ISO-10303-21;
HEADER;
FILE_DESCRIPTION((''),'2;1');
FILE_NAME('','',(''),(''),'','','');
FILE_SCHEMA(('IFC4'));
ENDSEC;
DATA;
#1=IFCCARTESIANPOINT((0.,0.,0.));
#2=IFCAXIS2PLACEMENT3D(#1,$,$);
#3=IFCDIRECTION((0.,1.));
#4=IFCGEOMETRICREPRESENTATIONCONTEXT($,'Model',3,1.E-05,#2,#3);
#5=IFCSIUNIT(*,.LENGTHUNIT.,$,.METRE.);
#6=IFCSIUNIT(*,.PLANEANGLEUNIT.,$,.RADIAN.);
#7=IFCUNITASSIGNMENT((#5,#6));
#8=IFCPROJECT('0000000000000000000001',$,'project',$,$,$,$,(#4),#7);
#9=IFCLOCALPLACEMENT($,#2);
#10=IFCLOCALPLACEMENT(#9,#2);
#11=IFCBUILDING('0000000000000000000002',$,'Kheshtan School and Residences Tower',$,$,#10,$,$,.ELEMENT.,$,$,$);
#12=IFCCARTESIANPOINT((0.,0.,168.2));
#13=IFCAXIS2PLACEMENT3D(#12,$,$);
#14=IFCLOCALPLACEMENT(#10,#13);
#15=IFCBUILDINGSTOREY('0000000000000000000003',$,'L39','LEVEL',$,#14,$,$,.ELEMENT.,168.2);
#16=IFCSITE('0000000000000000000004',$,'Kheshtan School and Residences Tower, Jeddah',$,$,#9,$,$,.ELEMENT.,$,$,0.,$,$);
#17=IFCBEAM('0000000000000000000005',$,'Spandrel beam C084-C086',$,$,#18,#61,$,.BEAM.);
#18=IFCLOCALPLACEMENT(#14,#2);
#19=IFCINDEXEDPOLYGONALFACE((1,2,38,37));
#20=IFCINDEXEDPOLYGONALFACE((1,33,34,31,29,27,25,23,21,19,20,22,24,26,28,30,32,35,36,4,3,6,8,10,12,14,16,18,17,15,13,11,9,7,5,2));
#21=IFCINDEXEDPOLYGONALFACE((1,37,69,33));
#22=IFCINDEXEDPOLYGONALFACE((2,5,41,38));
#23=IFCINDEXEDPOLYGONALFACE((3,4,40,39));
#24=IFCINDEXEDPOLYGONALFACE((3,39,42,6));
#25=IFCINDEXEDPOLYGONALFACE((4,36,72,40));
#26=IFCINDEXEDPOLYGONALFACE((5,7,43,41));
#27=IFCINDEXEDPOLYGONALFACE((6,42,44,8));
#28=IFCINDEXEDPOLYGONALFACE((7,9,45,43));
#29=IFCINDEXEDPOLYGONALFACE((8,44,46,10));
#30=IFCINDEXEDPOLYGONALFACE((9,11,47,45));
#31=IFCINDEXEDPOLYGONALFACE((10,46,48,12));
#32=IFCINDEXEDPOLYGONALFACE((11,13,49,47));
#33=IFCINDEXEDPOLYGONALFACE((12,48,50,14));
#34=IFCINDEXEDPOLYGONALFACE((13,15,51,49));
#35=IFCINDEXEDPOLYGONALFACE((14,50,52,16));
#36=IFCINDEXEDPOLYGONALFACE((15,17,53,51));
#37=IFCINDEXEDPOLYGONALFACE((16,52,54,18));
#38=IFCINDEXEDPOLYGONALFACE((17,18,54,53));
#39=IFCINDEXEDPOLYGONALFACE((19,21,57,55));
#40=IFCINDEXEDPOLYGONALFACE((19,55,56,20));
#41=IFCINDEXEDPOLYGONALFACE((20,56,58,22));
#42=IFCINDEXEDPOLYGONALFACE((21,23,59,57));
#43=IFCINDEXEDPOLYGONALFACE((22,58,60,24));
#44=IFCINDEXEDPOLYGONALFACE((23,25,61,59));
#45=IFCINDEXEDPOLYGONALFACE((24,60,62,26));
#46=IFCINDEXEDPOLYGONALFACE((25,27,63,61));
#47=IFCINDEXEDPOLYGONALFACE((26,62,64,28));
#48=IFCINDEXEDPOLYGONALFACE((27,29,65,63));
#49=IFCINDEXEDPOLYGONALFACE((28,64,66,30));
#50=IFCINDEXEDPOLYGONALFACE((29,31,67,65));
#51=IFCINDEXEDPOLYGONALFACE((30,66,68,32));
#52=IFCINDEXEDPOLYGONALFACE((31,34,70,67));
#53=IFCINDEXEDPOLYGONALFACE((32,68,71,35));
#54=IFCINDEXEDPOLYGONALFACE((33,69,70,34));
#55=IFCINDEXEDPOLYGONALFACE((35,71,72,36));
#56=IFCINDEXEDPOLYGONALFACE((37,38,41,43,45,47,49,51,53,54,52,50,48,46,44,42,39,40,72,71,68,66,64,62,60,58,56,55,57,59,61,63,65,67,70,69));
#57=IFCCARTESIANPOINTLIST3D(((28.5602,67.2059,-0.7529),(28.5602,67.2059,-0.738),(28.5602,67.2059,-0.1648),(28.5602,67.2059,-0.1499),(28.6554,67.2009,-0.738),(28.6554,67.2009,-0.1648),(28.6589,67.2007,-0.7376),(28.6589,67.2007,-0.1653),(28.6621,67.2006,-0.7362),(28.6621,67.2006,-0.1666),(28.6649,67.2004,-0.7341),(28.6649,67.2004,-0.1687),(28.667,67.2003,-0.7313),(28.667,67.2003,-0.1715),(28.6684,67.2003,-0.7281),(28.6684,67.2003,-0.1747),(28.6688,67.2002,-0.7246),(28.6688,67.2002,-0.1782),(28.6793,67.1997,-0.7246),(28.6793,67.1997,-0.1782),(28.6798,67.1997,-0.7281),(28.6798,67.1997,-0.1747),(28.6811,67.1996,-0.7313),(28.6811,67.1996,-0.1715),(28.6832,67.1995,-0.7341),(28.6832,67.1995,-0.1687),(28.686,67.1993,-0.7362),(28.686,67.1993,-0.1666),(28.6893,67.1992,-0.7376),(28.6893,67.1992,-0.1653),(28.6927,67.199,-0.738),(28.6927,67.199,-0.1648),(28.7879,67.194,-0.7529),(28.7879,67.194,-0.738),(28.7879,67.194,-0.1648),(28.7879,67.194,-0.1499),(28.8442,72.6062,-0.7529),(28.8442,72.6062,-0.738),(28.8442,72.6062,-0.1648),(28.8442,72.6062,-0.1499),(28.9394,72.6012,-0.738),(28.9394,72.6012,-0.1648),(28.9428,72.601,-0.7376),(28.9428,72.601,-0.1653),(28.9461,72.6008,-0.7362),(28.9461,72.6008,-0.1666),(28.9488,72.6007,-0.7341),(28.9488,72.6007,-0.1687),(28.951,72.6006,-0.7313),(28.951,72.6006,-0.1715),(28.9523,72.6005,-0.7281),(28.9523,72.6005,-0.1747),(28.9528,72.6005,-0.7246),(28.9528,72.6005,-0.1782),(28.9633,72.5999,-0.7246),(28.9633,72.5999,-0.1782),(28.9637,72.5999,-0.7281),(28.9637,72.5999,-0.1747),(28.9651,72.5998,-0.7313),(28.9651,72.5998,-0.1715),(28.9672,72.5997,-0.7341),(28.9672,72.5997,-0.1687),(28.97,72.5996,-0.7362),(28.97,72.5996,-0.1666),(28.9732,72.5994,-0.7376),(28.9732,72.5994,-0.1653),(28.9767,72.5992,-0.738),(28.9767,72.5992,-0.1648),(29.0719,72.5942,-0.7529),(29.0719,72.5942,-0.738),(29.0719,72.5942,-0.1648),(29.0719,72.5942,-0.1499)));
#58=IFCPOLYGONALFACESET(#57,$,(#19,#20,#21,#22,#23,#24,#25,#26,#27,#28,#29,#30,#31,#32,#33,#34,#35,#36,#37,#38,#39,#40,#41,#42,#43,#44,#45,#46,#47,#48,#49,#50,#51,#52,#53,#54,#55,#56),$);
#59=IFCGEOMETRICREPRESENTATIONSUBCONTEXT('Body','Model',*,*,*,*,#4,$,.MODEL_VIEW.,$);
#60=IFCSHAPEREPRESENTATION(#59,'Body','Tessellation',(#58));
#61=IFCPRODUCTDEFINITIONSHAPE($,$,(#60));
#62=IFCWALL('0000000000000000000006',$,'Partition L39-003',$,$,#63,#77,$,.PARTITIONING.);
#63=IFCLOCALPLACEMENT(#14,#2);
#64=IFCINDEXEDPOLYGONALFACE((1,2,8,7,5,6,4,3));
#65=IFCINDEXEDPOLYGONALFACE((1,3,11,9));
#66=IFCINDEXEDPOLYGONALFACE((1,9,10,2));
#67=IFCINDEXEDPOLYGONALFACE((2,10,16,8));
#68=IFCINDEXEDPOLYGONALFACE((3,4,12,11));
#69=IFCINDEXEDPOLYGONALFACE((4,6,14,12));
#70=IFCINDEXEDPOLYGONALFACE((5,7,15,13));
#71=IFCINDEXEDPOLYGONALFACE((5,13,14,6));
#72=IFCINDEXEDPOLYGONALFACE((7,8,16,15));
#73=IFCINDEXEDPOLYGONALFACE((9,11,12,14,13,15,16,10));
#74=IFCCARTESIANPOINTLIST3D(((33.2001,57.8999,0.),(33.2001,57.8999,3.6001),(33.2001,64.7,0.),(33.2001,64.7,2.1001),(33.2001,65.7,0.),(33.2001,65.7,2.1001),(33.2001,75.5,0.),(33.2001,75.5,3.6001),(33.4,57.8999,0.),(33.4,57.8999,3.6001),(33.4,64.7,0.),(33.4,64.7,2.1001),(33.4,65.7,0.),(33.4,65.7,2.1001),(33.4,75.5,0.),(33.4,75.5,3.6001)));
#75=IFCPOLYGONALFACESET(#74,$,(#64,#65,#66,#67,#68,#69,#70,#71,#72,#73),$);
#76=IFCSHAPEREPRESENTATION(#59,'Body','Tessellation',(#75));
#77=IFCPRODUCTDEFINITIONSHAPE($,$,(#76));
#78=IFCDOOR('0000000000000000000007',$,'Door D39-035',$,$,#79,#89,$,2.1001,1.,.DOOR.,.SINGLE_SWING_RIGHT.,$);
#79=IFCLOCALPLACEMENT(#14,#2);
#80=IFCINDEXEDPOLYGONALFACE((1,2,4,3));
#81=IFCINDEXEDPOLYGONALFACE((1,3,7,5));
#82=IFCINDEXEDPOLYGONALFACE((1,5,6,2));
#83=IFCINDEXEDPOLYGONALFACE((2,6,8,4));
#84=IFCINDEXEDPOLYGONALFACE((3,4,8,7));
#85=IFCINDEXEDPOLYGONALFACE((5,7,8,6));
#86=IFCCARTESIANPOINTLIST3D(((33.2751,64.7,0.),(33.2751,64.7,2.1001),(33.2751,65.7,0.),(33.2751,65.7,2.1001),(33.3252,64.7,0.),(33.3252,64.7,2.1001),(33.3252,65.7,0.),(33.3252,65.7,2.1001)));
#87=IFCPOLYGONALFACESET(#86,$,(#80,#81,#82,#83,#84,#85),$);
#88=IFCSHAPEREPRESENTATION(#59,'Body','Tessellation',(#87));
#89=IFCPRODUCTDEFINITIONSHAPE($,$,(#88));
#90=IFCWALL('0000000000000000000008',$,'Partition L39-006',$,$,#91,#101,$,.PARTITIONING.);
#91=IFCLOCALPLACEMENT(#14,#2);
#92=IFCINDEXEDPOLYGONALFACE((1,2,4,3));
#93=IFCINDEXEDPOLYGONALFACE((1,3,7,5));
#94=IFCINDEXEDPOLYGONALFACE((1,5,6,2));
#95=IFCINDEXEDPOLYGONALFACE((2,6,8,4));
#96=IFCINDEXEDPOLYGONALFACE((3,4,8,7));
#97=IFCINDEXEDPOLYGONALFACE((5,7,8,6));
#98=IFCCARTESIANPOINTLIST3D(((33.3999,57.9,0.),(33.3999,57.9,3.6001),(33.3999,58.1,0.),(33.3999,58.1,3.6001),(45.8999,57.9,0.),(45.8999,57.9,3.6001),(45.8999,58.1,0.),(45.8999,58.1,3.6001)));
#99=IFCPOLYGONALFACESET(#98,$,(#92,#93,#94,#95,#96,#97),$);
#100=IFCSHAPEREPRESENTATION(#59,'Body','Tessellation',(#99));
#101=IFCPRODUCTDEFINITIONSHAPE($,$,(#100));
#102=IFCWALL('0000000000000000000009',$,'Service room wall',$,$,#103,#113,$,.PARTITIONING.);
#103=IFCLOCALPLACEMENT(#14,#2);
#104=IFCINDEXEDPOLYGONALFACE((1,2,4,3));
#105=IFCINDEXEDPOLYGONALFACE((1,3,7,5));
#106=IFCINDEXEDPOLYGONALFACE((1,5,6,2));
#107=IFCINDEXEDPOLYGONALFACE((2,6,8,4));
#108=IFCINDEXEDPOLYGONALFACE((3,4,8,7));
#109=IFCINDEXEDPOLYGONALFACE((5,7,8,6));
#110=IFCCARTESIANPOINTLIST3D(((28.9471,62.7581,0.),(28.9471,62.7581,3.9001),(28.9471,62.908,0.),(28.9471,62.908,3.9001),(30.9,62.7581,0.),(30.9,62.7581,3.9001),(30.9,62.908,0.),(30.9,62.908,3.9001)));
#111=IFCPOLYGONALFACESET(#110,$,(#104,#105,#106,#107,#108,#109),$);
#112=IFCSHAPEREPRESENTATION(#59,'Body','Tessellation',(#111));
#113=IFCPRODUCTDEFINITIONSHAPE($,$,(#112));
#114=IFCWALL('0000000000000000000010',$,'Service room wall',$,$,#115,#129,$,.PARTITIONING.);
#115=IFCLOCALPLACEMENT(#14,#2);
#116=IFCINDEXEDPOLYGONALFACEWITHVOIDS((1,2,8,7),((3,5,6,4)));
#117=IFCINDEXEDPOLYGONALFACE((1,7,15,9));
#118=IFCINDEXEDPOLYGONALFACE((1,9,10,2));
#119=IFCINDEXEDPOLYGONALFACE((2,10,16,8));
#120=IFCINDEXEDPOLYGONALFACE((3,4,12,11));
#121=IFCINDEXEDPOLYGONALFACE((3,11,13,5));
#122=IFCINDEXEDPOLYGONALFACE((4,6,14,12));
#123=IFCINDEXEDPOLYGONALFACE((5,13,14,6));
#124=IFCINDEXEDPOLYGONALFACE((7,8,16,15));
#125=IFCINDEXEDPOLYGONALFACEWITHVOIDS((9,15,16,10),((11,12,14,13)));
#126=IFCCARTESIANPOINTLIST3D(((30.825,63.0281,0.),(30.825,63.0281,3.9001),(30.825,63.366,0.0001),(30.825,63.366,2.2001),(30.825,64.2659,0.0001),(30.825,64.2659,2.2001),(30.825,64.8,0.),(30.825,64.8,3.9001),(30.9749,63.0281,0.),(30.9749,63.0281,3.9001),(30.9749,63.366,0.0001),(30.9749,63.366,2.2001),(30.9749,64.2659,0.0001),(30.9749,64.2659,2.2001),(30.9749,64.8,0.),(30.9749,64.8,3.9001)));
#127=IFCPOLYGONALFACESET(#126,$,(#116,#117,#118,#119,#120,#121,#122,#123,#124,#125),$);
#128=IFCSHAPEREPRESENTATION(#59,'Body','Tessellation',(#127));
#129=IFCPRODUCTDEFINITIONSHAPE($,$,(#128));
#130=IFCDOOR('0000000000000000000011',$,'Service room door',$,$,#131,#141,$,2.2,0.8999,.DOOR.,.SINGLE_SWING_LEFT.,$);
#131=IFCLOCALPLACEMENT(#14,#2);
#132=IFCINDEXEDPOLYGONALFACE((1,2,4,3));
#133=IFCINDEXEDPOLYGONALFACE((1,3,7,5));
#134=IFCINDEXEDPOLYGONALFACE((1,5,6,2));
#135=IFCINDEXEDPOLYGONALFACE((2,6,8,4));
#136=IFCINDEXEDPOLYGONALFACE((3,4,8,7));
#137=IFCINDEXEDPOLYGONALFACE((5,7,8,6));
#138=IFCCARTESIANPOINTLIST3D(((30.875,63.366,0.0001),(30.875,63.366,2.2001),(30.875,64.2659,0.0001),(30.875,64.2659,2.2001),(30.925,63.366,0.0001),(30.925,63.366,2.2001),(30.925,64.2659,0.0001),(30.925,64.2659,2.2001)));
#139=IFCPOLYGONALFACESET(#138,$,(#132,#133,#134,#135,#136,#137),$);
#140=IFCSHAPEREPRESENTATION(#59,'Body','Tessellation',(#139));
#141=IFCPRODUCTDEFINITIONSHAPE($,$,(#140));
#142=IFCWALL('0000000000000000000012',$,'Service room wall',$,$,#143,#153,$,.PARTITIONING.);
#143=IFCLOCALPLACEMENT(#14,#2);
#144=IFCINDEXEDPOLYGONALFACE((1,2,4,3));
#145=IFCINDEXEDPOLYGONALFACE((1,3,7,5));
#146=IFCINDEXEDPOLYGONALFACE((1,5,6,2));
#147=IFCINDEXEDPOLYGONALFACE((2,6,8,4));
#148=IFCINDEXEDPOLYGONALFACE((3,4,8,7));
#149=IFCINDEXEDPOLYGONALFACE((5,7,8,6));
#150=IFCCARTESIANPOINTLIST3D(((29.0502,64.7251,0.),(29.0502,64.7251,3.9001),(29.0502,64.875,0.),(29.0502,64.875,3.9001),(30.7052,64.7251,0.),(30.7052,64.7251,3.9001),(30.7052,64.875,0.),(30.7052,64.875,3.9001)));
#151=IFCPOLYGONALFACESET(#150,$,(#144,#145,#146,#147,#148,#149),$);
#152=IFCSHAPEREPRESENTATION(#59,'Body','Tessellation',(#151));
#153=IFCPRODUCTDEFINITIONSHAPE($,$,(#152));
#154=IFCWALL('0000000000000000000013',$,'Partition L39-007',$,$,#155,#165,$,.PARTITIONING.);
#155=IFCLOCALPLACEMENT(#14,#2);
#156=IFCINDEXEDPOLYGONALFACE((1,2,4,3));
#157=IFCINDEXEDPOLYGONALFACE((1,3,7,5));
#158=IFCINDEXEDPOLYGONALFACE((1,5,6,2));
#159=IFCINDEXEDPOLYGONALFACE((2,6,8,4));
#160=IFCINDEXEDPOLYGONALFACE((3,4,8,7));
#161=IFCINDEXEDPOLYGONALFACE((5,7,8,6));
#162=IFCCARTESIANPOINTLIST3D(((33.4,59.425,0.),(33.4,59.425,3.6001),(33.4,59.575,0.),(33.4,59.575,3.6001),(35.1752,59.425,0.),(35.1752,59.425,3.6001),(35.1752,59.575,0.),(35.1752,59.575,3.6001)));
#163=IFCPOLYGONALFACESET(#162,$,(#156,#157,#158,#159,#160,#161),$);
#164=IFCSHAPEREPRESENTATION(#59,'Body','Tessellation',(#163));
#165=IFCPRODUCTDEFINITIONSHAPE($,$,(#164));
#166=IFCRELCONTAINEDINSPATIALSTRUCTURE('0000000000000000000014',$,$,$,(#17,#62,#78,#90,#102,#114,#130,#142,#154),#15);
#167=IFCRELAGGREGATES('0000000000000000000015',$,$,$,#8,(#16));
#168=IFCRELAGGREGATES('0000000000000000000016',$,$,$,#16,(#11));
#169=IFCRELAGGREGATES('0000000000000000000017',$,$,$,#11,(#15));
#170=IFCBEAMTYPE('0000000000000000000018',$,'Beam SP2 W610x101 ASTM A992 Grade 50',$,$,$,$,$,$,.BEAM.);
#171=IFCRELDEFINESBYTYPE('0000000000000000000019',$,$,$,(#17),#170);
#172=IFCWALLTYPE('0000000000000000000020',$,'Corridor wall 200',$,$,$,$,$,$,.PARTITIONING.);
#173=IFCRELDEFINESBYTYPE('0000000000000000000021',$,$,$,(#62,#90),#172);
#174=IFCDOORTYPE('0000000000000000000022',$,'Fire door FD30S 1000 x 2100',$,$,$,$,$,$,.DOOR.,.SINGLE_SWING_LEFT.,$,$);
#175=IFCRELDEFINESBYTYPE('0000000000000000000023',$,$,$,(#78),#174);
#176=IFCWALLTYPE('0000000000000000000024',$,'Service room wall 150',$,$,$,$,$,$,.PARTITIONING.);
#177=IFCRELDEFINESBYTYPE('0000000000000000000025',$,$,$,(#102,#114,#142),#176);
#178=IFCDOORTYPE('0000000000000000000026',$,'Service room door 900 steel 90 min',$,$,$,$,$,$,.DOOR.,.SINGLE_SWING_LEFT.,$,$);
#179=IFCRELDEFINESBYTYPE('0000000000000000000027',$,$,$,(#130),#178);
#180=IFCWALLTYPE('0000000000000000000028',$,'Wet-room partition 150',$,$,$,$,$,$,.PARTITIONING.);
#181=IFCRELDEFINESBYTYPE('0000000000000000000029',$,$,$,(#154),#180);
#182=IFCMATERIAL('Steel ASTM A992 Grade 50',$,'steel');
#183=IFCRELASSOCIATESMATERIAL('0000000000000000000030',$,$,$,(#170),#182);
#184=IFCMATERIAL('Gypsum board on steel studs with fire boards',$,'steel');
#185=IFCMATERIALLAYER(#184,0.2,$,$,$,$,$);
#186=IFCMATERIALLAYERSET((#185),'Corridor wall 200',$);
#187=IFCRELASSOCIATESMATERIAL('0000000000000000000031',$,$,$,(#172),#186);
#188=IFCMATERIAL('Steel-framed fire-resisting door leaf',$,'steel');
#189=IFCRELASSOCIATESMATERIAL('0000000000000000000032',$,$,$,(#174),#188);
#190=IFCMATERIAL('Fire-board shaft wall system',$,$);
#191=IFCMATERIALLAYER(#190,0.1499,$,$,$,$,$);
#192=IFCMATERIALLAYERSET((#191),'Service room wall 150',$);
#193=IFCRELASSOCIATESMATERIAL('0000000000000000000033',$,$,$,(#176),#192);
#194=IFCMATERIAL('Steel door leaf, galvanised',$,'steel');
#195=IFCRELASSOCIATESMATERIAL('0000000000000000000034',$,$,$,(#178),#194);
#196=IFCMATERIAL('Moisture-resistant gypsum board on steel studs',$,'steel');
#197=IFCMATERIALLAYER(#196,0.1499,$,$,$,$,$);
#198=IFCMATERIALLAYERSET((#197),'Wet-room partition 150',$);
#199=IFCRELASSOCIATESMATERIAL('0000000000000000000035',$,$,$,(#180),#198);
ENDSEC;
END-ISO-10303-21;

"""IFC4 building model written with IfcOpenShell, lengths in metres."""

from ifc_helpers import new_model, si_unit, direction, frame, frame_2d, origin, origin_2d, place, context, subcontext, project, spatial, rectangle, i_section, extrude, source, transform, mapped, material, layer, layer_set, material_profile, profile_set, type_object, element, fill, save


model = new_model("IFC4")

# Units and contexts
model_context = context("Model", 3, precision=1e-05, world=origin(), true_north=direction((0.0, 1.0)))
body_context = subcontext(model_context, "Body", "Model", "MODEL_VIEW")
ifc_project = project(units=[si_unit("LENGTHUNIT", "METRE"), si_unit("PLANEANGLEUNIT", "RADIAN")], contexts=[model_context])

# Site, building, storey
site_placement = place(None, origin())
site = spatial("IfcSite", under=ifc_project, at=site_placement, Name="Kheshtan School and Residences Tower, Jeddah", CompositionType="ELEMENT", RefElevation=0.0)
building_placement = place(site_placement, origin())
building = spatial("IfcBuilding", under=site, at=building_placement, Name="Kheshtan School and Residences Tower", CompositionType="ELEMENT")
storey_placement = place(building_placement, frame((0.0, 0.0, 168.2)))
storey = spatial("IfcBuildingStorey", under=building, at=storey_placement, Name="L39", Description="LEVEL", CompositionType="ELEMENT", Elevation=168.2)

# Shared definitions
ifc_material_1 = material(Name="Steel ASTM A992 Grade 50", Category="steel")

# Beam
ifc_material_profile_1 = material_profile(ifc_material_1, i_section(OverallWidth=0.228, OverallDepth=0.603, WebThickness=0.0105, FlangeThickness=0.0149, FilletRadius=0.0134, at=origin_2d()), Name="W610x101")
ifc_profile_set_1 = profile_set([ifc_material_profile_1], Name="Steel ASTM A992 Grade 50")
beam_type_1 = type_object("IfcBeamType", Name="Beam SP2 W610x101 ASTM A992 Grade 50", PredefinedType="BEAM", material=ifc_profile_set_1)
beam_1_placement = place(storey_placement, frame((28.6741, 67.2, -0.4514), z_axis=(0.052507, 0.998621, 0.0), x_axis=(-0.998621, 0.052507, 0.0)))
element("IfcBeam", 1, at=beam_1_placement, inside=storey, type_object=beam_type_1, Name="Spandrel beam C084-C086", PredefinedType="BEAM", context=body_context, shape_type="SweptSolid", body=[
    extrude(i_section(OverallWidth=0.228, OverallDepth=0.603, WebThickness=0.0105, FlangeThickness=0.0149, FilletRadius=0.0134, at=origin_2d()), origin(), (0.0, 0.0, 1.0), 5.4077),
])

# Wall, opening, door
ifc_material_2 = material(Name="Gypsum board on steel studs with fire boards", Category="steel")
ifc_layer_1 = layer(ifc_material_2, 0.2)
ifc_layer_set_1 = layer_set([ifc_layer_1], Name="Corridor wall 200")
wall_type_1 = type_object("IfcWallType", Name="Corridor wall 200", PredefinedType="PARTITIONING", material=ifc_layer_set_1)
wall_1_placement = place(storey_placement, frame((33.3, 57.8999, 0.0), z_axis=(0.0, 0.0, 1.0), x_axis=(0.0, 1.0, 0.0)))
wall_1 = element("IfcWall", 2, at=wall_1_placement, inside=storey, type_object=wall_type_1, Name="Partition L39-003", PredefinedType="PARTITIONING", context=body_context, shape_type="SweptSolid", body=[
    extrude(rectangle(XDim=17.6001, YDim=0.2, at=frame_2d((8.8, 0.0))), origin(), (0.0, 0.0, 1.0), 3.6001),
])
opening_1_placement = place(wall_1_placement, frame((6.8, 0.0, 0.0)))
opening_1 = element("IfcOpeningElement", 3, at=opening_1_placement, cuts=wall_1, PredefinedType="OPENING", context=body_context, shape_type="SweptSolid", body=[
    extrude(rectangle(XDim=1.0, YDim=2.1001, at=frame_2d((0.5, 1.05))), frame((0.0, 0.1099, 0.0), z_axis=(0.0, -1.0, 0.0), x_axis=(1.0, 0.0, 0.0)), (0.0, 0.0, 1.0), 0.22),
])
ifc_material_3 = material(Name="Steel-framed fire-resisting door leaf", Category="steel")
door_type_1 = type_object("IfcDoorType", Name="Fire door FD30S 1000 x 2100", OperationType="SINGLE_SWING_LEFT", PredefinedType="DOOR", material=ifc_material_3)
shared_shape_1 = source(origin(), body_context, "Body", "SweptSolid", [
    extrude(rectangle(XDim=1.0, YDim=2.1001, at=frame_2d((0.5, 1.05))), frame((0.0, 0.0249, 0.0), z_axis=(0.0, -1.0, 0.0), x_axis=(1.0, 0.0, 0.0)), (0.0, 0.0, 1.0), 0.05),
])
door_1_placement = place(opening_1_placement, origin())
door_1 = element("IfcDoor", 4, at=door_1_placement, inside=storey, type_object=door_type_1, Name="Door D39-035", OperationType="SINGLE_SWING_RIGHT", OverallHeight=2.1001, OverallWidth=1.0, PredefinedType="DOOR", context=body_context, shape_type="MappedRepresentation", body=[
    mapped(shared_shape_1, transform((0.0, 0.0, 0.0), x_axis=(1.0, 0.0, 0.0), y_axis=(0.0, 1.0, 0.0), z_axis=(0.0, 0.0, 1.0), scale=1.0)),
])
fill(opening_1, door_1)

# Walls
wall_2_placement = place(storey_placement, frame((33.3999, 58.0, 0.0), z_axis=(0.0, 0.0, 1.0), x_axis=(1.0, 0.0, 0.0)))
element("IfcWall", 5, at=wall_2_placement, inside=storey, type_object=wall_type_1, Name="Partition L39-006", PredefinedType="PARTITIONING", context=body_context, shape_type="SweptSolid", body=[
    extrude(rectangle(XDim=12.5, YDim=0.2, at=frame_2d((6.25, 0.0))), origin(), (0.0, 0.0, 1.0), 3.6001),
])
ifc_material_4 = material(Name="Fire-board shaft wall system")
ifc_layer_2 = layer(ifc_material_4, 0.1499)
ifc_layer_set_2 = layer_set([ifc_layer_2], Name="Service room wall 150")
wall_type_2 = type_object("IfcWallType", Name="Service room wall 150", PredefinedType="PARTITIONING", material=ifc_layer_set_2)
wall_3_placement = place(storey_placement, frame((28.947, 62.833, 0.0), z_axis=(0.0, 0.0, 1.0), x_axis=(1.0, 0.0, 0.0)))
element("IfcWall", 6, at=wall_3_placement, inside=storey, type_object=wall_type_2, Name="Service room wall", PredefinedType="PARTITIONING", context=body_context, shape_type="SweptSolid", body=[
    extrude(rectangle(XDim=1.9529, YDim=0.1499, at=frame_2d((0.9766, 0.0))), origin(), (0.0, 0.0, 1.0), 3.9001),
])

# Wall, opening, door
wall_4_placement = place(storey_placement, frame((30.8999, 63.0281, 0.0), z_axis=(0.0, 0.0, 1.0), x_axis=(0.0, 1.0, 0.0)))
wall_4 = element("IfcWall", 7, at=wall_4_placement, inside=storey, type_object=wall_type_2, Name="Service room wall", PredefinedType="PARTITIONING", context=body_context, shape_type="SweptSolid", body=[
    extrude(rectangle(XDim=1.772, YDim=0.1499, at=frame_2d((0.886, 0.0))), origin(), (0.0, 0.0, 1.0), 3.9001),
])
opening_2_placement = place(wall_4_placement, frame((0.3379, 0.0, 0.0)))
opening_2 = element("IfcOpeningElement", 8, at=opening_2_placement, cuts=wall_4, PredefinedType="OPENING", context=body_context, shape_type="SweptSolid", body=[
    extrude(rectangle(XDim=0.8999, YDim=2.2, at=frame_2d((0.45, 1.1001))), frame((0.0, 0.085, 0.0), z_axis=(0.0, -1.0, 0.0), x_axis=(1.0, 0.0, 0.0)), (0.0, 0.0, 1.0), 0.1699),
])
ifc_material_5 = material(Name="Steel door leaf, galvanised", Category="steel")
door_type_2 = type_object("IfcDoorType", Name="Service room door 900 steel 90 min", OperationType="SINGLE_SWING_LEFT", PredefinedType="DOOR", material=ifc_material_5)
shared_shape_2 = source(origin(), body_context, "Body", "SweptSolid", [
    extrude(rectangle(XDim=0.8999, YDim=2.2, at=frame_2d((0.45, 1.1001))), frame((0.0, 0.0249, 0.0), z_axis=(0.0, -1.0, 0.0), x_axis=(1.0, 0.0, 0.0)), (0.0, 0.0, 1.0), 0.05),
])
door_2_placement = place(opening_2_placement, origin())
door_2 = element("IfcDoor", 9, at=door_2_placement, inside=storey, type_object=door_type_2, Name="Service room door", OperationType="SINGLE_SWING_LEFT", OverallHeight=2.2, OverallWidth=0.8999, PredefinedType="DOOR", context=body_context, shape_type="MappedRepresentation", body=[
    mapped(shared_shape_2, transform((0.0, 0.0, 0.0), x_axis=(1.0, 0.0, 0.0), y_axis=(0.0, 1.0, 0.0), z_axis=(0.0, 0.0, 1.0), scale=1.0)),
])
fill(opening_2, door_2)

# Walls
wall_5_placement = place(storey_placement, frame((29.05, 64.8, 0.0), z_axis=(0.0, 0.0, 1.0), x_axis=(1.0, 0.0, 0.0)))
element("IfcWall", 10, at=wall_5_placement, inside=storey, type_object=wall_type_2, Name="Service room wall", PredefinedType="PARTITIONING", context=body_context, shape_type="SweptSolid", body=[
    extrude(rectangle(XDim=1.655, YDim=0.1499, at=frame_2d((0.8276, 0.0))), origin(), (0.0, 0.0, 1.0), 3.9001),
])
ifc_material_6 = material(Name="Moisture-resistant gypsum board on steel studs", Category="steel")
ifc_layer_3 = layer(ifc_material_6, 0.1499)
ifc_layer_set_3 = layer_set([ifc_layer_3], Name="Wet-room partition 150")
wall_type_3 = type_object("IfcWallType", Name="Wet-room partition 150", PredefinedType="PARTITIONING", material=ifc_layer_set_3)
wall_6_placement = place(storey_placement, frame((33.3999, 59.5, 0.0), z_axis=(0.0, 0.0, 1.0), x_axis=(1.0, 0.0, 0.0)))
element("IfcWall", 11, at=wall_6_placement, inside=storey, type_object=wall_type_3, Name="Partition L39-007", PredefinedType="PARTITIONING", context=body_context, shape_type="SweptSolid", body=[
    extrude(rectangle(XDim=1.7751, YDim=0.1499, at=frame_2d((0.8877, 0.0))), origin(), (0.0, 0.0, 1.0), 3.6001),
])

save(model, "model.ifc")
